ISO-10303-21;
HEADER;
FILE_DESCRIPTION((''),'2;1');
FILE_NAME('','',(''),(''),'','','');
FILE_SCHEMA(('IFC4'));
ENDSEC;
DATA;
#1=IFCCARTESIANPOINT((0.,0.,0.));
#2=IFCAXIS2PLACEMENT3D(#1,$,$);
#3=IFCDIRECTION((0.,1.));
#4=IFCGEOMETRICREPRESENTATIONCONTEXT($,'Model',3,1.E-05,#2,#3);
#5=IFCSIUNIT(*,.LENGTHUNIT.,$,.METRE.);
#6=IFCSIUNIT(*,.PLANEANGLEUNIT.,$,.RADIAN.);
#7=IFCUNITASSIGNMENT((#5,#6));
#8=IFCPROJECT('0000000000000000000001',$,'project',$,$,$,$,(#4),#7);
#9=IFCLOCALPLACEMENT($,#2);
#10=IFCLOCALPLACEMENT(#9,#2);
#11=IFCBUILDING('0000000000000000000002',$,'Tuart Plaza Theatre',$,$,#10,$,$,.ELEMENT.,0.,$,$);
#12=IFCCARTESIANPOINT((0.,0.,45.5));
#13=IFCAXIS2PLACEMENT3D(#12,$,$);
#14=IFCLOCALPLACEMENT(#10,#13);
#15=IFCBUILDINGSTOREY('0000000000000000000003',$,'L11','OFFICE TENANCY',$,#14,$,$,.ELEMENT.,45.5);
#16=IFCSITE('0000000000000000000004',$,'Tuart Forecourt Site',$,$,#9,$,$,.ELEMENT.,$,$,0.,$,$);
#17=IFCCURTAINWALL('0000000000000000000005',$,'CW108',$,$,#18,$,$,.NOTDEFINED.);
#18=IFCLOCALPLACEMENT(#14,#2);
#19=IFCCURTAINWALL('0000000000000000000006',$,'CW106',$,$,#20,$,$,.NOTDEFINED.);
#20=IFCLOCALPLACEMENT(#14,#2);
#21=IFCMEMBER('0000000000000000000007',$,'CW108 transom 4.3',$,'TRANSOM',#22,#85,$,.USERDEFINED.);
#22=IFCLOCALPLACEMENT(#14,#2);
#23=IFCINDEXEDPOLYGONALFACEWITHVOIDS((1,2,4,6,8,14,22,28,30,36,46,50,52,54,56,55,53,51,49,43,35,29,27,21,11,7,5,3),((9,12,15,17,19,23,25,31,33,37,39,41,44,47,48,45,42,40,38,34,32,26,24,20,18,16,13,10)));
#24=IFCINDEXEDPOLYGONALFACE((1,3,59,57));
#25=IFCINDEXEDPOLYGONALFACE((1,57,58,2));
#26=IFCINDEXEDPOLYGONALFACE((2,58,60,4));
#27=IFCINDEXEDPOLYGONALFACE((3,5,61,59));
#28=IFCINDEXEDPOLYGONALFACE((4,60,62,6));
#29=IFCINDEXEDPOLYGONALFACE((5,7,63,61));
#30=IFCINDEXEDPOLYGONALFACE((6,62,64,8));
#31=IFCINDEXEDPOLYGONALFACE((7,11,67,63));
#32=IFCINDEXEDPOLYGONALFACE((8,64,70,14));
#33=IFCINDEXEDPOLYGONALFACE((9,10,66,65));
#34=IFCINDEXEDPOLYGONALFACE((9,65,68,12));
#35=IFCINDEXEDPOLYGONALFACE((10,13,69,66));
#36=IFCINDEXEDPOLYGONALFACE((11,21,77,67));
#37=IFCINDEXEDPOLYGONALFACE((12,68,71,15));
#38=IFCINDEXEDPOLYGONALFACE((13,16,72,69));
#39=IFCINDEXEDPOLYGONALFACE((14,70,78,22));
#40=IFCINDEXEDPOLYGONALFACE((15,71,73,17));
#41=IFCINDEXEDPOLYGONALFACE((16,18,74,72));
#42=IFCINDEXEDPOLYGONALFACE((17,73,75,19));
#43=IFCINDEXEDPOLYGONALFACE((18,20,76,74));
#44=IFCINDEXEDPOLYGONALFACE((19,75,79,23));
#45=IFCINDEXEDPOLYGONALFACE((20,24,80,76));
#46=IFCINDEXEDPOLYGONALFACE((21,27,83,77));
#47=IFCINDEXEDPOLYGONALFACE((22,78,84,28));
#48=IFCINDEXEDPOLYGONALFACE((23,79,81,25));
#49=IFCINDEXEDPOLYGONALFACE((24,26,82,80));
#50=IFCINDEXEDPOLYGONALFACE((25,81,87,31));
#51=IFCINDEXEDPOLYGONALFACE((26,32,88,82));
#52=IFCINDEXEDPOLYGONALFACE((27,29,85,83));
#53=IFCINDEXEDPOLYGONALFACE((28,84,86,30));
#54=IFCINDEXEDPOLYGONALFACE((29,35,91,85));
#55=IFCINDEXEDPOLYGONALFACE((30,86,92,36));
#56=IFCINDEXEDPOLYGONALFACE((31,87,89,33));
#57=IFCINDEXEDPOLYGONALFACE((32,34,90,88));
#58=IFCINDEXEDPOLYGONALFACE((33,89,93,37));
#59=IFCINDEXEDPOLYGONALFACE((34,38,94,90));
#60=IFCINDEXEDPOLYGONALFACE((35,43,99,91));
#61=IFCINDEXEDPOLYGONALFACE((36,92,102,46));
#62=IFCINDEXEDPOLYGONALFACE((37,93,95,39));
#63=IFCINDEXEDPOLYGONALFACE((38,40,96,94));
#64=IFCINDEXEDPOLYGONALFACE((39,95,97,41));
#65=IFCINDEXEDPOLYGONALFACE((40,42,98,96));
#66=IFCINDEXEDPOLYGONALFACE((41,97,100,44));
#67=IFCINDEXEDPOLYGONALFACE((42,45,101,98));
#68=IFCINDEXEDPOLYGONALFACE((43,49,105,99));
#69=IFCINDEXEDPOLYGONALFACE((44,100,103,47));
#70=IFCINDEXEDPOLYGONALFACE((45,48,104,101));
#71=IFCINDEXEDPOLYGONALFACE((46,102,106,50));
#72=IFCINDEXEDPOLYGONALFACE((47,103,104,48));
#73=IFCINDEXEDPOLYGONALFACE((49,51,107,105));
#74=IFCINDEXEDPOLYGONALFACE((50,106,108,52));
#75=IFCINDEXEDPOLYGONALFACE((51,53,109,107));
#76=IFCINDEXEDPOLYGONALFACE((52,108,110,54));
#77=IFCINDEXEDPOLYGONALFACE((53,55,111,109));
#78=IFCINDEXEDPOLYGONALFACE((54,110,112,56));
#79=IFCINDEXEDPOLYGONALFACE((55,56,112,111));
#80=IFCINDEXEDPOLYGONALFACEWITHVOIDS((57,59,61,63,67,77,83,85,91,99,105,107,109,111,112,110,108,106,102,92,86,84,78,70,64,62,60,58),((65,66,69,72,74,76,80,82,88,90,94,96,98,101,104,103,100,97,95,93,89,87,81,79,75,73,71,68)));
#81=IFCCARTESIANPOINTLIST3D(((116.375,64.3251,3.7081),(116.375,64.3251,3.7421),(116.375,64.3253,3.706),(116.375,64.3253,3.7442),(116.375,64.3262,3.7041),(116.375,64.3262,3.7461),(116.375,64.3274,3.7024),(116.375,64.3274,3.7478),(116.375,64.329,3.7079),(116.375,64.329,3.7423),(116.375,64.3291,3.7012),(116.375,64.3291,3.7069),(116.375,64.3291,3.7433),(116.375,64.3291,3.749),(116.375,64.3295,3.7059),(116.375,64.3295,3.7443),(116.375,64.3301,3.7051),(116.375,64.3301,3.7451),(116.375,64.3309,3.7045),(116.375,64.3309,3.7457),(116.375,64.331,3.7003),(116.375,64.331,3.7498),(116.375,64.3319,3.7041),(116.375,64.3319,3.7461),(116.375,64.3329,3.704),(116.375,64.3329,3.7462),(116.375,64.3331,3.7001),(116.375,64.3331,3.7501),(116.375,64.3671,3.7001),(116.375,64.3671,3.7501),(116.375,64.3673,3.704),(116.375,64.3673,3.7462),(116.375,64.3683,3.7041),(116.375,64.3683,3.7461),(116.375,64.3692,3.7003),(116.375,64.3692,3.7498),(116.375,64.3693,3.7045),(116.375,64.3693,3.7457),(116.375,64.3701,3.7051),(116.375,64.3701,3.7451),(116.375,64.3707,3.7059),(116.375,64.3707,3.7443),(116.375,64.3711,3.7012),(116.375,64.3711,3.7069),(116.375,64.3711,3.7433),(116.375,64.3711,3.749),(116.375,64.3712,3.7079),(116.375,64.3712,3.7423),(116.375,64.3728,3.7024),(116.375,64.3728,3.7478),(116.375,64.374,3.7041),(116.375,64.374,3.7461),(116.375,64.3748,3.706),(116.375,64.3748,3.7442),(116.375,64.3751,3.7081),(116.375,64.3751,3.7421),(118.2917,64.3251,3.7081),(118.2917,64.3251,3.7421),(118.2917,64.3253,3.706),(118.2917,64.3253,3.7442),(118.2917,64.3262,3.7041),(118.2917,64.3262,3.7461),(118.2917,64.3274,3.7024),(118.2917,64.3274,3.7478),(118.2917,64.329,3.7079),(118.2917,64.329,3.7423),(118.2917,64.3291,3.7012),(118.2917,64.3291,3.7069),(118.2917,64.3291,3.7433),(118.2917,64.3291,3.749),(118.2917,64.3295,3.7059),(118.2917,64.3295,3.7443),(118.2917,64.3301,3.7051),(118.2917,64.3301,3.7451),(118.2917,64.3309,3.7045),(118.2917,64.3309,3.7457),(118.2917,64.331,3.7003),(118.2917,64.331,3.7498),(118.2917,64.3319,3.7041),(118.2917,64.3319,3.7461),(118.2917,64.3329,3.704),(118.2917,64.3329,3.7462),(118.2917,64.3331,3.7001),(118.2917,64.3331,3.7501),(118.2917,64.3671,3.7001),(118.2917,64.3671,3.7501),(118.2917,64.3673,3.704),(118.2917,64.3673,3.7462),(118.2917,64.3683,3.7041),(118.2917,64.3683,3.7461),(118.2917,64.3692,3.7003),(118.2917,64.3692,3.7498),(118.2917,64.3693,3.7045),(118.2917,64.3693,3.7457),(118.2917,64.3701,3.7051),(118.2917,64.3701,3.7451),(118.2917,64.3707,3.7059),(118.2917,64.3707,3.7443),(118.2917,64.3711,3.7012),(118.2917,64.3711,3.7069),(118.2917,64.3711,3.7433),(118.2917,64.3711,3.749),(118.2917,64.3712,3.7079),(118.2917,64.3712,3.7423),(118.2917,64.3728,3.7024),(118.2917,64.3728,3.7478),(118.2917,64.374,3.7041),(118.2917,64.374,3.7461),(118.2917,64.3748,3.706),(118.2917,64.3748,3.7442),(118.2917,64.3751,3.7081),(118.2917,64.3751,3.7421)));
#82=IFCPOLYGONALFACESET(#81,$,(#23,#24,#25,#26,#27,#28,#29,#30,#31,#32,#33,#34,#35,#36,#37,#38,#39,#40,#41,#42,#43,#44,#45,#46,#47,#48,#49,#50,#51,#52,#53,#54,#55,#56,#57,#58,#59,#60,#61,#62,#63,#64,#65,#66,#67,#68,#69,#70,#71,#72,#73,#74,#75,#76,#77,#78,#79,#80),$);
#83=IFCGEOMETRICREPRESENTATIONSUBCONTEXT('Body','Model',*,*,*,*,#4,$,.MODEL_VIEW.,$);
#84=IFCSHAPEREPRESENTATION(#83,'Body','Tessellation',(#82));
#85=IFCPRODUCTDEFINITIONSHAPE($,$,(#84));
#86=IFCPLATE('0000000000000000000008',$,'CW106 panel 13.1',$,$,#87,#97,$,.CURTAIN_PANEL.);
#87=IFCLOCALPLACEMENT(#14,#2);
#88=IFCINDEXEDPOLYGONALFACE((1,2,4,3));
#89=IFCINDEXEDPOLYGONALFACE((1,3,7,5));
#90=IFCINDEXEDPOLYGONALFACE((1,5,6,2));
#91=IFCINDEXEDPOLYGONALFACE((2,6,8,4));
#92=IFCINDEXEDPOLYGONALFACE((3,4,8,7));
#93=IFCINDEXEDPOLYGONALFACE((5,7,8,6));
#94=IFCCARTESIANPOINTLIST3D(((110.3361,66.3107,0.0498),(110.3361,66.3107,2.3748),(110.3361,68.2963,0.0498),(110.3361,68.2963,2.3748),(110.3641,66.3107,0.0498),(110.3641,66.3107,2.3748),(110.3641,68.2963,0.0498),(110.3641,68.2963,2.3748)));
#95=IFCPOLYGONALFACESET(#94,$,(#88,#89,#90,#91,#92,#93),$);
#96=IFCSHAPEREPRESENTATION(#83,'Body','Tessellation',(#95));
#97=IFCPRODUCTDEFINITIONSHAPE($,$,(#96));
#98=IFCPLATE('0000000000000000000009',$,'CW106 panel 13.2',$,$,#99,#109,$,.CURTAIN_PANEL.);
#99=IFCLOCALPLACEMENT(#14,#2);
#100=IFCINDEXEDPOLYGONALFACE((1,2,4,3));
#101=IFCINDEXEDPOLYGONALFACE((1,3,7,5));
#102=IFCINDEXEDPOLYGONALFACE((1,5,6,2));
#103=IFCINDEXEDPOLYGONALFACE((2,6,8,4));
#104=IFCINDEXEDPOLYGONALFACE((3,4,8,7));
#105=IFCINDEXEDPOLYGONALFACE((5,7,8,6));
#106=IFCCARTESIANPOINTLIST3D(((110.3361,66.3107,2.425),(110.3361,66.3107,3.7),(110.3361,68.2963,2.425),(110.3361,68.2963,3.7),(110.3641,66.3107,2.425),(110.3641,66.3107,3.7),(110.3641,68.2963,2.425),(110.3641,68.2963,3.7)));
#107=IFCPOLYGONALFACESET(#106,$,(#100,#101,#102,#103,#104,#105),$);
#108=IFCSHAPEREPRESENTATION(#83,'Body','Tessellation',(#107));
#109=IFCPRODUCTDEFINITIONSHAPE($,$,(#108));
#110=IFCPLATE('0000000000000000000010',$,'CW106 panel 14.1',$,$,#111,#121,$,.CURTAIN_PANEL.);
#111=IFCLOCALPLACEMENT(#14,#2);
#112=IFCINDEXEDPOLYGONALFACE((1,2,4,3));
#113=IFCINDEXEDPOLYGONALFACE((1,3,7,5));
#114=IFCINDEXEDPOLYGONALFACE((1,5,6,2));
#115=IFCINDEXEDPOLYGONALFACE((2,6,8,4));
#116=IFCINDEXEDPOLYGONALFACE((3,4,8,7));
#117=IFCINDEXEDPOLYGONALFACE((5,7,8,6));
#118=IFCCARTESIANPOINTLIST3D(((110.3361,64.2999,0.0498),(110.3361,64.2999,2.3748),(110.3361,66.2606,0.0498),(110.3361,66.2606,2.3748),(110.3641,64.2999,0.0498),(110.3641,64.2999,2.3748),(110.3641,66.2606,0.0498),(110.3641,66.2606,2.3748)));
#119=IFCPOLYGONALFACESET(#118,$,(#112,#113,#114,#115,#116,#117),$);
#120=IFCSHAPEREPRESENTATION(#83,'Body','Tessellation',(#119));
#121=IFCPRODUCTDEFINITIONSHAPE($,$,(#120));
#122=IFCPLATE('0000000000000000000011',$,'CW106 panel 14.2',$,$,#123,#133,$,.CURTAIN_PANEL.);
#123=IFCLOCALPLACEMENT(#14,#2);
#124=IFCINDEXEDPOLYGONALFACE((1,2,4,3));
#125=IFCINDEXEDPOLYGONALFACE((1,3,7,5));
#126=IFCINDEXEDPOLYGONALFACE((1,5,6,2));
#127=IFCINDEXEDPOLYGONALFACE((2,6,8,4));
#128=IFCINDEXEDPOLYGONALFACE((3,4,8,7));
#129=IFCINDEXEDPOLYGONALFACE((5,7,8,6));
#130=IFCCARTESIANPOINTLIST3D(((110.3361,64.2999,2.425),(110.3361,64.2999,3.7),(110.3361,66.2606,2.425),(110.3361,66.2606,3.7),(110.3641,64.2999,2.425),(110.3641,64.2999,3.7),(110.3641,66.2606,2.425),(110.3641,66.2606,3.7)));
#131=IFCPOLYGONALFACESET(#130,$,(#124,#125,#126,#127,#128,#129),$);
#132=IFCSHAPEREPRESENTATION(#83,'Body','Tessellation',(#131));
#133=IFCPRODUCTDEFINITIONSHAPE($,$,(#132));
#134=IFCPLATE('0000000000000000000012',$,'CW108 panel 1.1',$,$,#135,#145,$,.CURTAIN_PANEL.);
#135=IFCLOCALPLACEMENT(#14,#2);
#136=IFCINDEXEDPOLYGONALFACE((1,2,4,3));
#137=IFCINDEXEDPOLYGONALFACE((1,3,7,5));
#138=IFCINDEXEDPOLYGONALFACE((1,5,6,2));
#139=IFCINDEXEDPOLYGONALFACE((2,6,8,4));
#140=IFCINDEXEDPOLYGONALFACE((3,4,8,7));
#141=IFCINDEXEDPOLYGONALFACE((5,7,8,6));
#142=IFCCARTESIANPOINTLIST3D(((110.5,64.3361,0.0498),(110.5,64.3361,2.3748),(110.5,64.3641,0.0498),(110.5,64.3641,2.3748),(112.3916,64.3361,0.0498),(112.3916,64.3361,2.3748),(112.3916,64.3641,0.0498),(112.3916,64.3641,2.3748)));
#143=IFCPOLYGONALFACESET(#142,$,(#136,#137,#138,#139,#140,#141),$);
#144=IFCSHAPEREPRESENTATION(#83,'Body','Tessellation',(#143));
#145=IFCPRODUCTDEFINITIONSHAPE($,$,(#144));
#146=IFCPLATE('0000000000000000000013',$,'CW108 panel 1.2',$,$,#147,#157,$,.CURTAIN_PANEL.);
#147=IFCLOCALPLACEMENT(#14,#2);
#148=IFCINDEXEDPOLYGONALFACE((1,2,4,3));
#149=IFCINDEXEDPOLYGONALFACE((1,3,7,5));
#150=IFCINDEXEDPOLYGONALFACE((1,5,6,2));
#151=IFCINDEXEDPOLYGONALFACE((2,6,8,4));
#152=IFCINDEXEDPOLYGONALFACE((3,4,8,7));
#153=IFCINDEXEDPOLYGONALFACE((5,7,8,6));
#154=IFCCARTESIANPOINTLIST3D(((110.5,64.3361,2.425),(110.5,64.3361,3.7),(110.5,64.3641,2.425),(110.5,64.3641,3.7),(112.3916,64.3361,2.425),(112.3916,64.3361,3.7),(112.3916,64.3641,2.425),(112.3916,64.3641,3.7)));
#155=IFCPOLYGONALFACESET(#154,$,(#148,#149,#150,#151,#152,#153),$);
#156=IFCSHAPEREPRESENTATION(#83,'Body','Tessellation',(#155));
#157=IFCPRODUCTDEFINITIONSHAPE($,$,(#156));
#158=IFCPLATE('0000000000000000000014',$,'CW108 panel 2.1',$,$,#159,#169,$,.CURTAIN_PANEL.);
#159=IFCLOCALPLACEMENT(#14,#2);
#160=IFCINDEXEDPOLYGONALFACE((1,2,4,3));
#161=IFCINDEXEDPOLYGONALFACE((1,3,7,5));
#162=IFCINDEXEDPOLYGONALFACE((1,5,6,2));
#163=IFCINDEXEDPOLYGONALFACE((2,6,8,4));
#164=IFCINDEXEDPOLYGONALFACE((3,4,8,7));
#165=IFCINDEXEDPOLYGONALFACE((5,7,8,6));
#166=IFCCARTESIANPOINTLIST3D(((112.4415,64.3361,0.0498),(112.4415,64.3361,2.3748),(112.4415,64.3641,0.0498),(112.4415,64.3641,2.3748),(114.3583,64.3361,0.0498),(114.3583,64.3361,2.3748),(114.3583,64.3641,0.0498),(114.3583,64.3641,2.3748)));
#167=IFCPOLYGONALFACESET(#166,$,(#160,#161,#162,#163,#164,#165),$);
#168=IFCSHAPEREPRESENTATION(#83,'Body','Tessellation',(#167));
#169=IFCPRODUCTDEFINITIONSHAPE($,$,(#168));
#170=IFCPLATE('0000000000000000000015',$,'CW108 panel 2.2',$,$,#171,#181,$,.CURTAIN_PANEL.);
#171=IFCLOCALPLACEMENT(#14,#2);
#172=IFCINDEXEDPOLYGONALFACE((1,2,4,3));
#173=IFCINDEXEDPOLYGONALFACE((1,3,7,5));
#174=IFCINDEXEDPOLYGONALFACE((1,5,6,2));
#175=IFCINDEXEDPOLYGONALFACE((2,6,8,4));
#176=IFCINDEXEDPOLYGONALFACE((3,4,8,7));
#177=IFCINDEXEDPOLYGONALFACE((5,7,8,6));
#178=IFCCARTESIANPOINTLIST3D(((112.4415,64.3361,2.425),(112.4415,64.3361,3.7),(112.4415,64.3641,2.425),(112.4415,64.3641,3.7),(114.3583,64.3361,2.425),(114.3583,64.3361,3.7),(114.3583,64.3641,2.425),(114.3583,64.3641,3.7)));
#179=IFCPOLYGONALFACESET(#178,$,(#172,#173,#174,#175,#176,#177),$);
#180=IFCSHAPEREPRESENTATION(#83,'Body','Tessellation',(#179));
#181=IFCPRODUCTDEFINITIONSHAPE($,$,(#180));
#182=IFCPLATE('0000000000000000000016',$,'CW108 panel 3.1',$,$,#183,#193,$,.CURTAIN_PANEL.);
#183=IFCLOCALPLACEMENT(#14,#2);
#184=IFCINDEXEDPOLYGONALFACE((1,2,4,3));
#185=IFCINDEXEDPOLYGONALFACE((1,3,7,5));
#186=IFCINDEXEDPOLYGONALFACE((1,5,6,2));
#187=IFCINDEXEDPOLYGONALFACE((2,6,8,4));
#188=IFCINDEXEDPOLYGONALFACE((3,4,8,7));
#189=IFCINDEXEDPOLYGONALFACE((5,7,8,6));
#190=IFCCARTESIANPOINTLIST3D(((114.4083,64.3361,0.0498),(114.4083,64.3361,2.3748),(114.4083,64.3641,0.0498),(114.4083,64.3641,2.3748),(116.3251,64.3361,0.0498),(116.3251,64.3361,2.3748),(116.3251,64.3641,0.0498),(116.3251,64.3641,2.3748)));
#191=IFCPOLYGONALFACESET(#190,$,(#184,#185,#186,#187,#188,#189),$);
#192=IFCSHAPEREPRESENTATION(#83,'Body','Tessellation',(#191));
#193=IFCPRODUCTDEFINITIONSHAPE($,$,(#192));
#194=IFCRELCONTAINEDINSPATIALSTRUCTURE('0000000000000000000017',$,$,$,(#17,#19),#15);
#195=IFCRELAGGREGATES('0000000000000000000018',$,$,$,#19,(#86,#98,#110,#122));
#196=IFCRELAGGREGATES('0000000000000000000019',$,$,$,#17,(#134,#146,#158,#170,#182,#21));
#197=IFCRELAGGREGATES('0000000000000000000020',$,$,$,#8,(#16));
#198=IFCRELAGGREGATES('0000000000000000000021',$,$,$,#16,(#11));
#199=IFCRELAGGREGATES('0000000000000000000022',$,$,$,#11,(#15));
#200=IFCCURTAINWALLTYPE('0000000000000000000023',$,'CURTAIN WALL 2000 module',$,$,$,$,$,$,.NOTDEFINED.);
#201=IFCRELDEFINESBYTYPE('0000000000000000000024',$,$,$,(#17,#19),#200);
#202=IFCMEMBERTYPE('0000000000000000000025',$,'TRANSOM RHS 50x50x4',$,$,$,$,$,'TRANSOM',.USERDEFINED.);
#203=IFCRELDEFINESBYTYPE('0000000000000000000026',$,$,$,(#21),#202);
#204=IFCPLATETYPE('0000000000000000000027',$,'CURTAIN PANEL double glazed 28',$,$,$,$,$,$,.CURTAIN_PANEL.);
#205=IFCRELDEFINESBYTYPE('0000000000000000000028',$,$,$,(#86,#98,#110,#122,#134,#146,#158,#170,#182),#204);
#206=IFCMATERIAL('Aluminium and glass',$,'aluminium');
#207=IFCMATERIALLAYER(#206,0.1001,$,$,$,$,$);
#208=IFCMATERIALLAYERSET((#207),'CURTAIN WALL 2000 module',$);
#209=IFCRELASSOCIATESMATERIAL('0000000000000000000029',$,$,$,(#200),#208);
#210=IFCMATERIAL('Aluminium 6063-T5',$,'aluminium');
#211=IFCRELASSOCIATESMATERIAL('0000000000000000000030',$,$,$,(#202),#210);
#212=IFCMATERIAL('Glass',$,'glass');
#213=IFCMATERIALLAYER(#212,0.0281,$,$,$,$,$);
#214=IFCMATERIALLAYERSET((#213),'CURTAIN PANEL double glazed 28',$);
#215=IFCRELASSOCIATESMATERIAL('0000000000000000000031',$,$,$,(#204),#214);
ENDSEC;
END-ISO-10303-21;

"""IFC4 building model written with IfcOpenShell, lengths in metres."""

from ifc_helpers import new_model, si_unit, direction, frame, origin, origin_2d, place, context, subcontext, project, spatial, rectangle, hollow_rectangle, extrude, material, layer, layer_set, material_profile, profile_set, type_object, element, aggregate, save


model = new_model("IFC4")

# Units and contexts
model_context = context("Model", 3, precision=1e-05, world=origin(), true_north=direction((0.0, 1.0)))
body_context = subcontext(model_context, "Body", "Model", "MODEL_VIEW")
ifc_project = project(units=[si_unit("LENGTHUNIT", "METRE"), si_unit("PLANEANGLEUNIT", "RADIAN")], contexts=[model_context])

# Site, building, storey
site_placement = place(None, origin())
site = spatial("IfcSite", under=ifc_project, at=site_placement, Name="Tuart Forecourt Site", CompositionType="ELEMENT", RefElevation=0.0)
building_placement = place(site_placement, origin())
building = spatial("IfcBuilding", under=site, at=building_placement, Name="Tuart Plaza Theatre", CompositionType="ELEMENT", ElevationOfRefHeight=0.0)
storey_placement = place(building_placement, frame((0.0, 0.0, 45.5)))
storey = spatial("IfcBuildingStorey", under=building, at=storey_placement, Name="L11", Description="OFFICE TENANCY", CompositionType="ELEMENT", Elevation=45.5)

# Curtain walls
ifc_material_1 = material(Name="Aluminium and glass", Category="aluminium")
ifc_layer_1 = layer(ifc_material_1, 0.1001)
ifc_layer_set_1 = layer_set([ifc_layer_1], Name="CURTAIN WALL 2000 module")
curtain_wall_type = type_object("IfcCurtainWallType", Name="CURTAIN WALL 2000 module", PredefinedType="NOTDEFINED", material=ifc_layer_set_1)
curtain_wall_1_placement = place(storey_placement, origin())
curtain_wall_1 = element("IfcCurtainWall", 1, at=curtain_wall_1_placement, inside=storey, type_object=curtain_wall_type, Name="CW108", PredefinedType="NOTDEFINED")
curtain_wall_2_placement = place(storey_placement, origin())
curtain_wall_2 = element("IfcCurtainWall", 2, at=curtain_wall_2_placement, inside=storey, type_object=curtain_wall_type, Name="CW106", PredefinedType="NOTDEFINED")
ifc_material_2 = material(Name="Aluminium 6063-T5", Category="aluminium")
ifc_material_profile_1 = material_profile(ifc_material_2, hollow_rectangle(XDim=0.05, YDim=0.05, WallThickness=0.0039, InnerFilletRadius=0.0039, OuterFilletRadius=0.0081, at=origin_2d()), Name="RHS 50x50x4")
ifc_profile_set_1 = profile_set([ifc_material_profile_1], Name="Aluminium 6063-T5")
member_type_1 = type_object("IfcMemberType", Name="TRANSOM RHS 50x50x4", ElementType="TRANSOM", PredefinedType="USERDEFINED", material=ifc_profile_set_1)

# Member
member_1_placement = place(storey_placement, frame((116.375, 64.3501, 3.7251), z_axis=(1.0, 0.0, 0.0), x_axis=(0.0, 1.0, 0.0)))
member_1 = element("IfcMember", 3, at=member_1_placement, type_object=member_type_1, Name="CW108 transom 4.3", ObjectType="TRANSOM", PredefinedType="USERDEFINED", context=body_context, shape_type="SweptSolid", body=[
    extrude(hollow_rectangle(XDim=0.05, YDim=0.05, WallThickness=0.0039, InnerFilletRadius=0.0039, OuterFilletRadius=0.0081, at=origin_2d()), origin(), (0.0, 0.0, 1.0), 1.9167),
])

# Plates
ifc_material_3 = material(Name="Glass", Category="glass")
ifc_layer_2 = layer(ifc_material_3, 0.0281)
ifc_layer_set_2 = layer_set([ifc_layer_2], Name="CURTAIN PANEL double glazed 28")
plate_type = type_object("IfcPlateType", Name="CURTAIN PANEL double glazed 28", PredefinedType="CURTAIN_PANEL", material=ifc_layer_set_2)
plate_1_placement = place(storey_placement, frame((110.3501, 67.3035, 0.0498), z_axis=(0.0, 0.0, 1.0), x_axis=(0.0, -1.0, 0.0)))
plate_1 = element("IfcPlate", 4, at=plate_1_placement, type_object=plate_type, Name="CW106 panel 13.1", PredefinedType="CURTAIN_PANEL", context=body_context, shape_type="SweptSolid", body=[
    extrude(rectangle(XDim=1.9856, YDim=0.0281, at=origin_2d()), origin(), (0.0, 0.0, 1.0), 2.325),
])
plate_2_placement = place(storey_placement, frame((110.3501, 67.3035, 2.425), z_axis=(0.0, 0.0, 1.0), x_axis=(0.0, -1.0, 0.0)))
plate_2 = element("IfcPlate", 5, at=plate_2_placement, type_object=plate_type, Name="CW106 panel 13.2", PredefinedType="CURTAIN_PANEL", context=body_context, shape_type="SweptSolid", body=[
    extrude(rectangle(XDim=1.9856, YDim=0.0281, at=origin_2d()), origin(), (0.0, 0.0, 1.0), 1.2749),
])
plate_3_placement = place(storey_placement, frame((110.3501, 65.2803, 0.0498), z_axis=(0.0, 0.0, 1.0), x_axis=(0.0, -1.0, 0.0)))
plate_3 = element("IfcPlate", 6, at=plate_3_placement, type_object=plate_type, Name="CW106 panel 14.1", PredefinedType="CURTAIN_PANEL", context=body_context, shape_type="SweptSolid", body=[
    extrude(rectangle(XDim=1.9607, YDim=0.0281, at=origin_2d()), origin(), (0.0, 0.0, 1.0), 2.325),
])
plate_4_placement = place(storey_placement, frame((110.3501, 65.2803, 2.425), z_axis=(0.0, 0.0, 1.0), x_axis=(0.0, -1.0, 0.0)))
plate_4 = element("IfcPlate", 7, at=plate_4_placement, type_object=plate_type, Name="CW106 panel 14.2", PredefinedType="CURTAIN_PANEL", context=body_context, shape_type="SweptSolid", body=[
    extrude(rectangle(XDim=1.9607, YDim=0.0281, at=origin_2d()), origin(), (0.0, 0.0, 1.0), 1.2749),
])
aggregate(curtain_wall_2, [plate_1, plate_2, plate_3, plate_4])
plate_5_placement = place(storey_placement, frame((111.4458, 64.3501, 0.0498), z_axis=(0.0, 0.0, 1.0), x_axis=(1.0, 0.0, 0.0)))
plate_5 = element("IfcPlate", 8, at=plate_5_placement, type_object=plate_type, Name="CW108 panel 1.1", PredefinedType="CURTAIN_PANEL", context=body_context, shape_type="SweptSolid", body=[
    extrude(rectangle(XDim=1.8916, YDim=0.0281, at=origin_2d()), origin(), (0.0, 0.0, 1.0), 2.325),
])
plate_6_placement = place(storey_placement, frame((111.4458, 64.3501, 2.425), z_axis=(0.0, 0.0, 1.0), x_axis=(1.0, 0.0, 0.0)))
plate_6 = element("IfcPlate", 9, at=plate_6_placement, type_object=plate_type, Name="CW108 panel 1.2", PredefinedType="CURTAIN_PANEL", context=body_context, shape_type="SweptSolid", body=[
    extrude(rectangle(XDim=1.8916, YDim=0.0281, at=origin_2d()), origin(), (0.0, 0.0, 1.0), 1.2749),
])
plate_7_placement = place(storey_placement, frame((113.3999, 64.3501, 0.0498), z_axis=(0.0, 0.0, 1.0), x_axis=(1.0, 0.0, 0.0)))
plate_7 = element("IfcPlate", 10, at=plate_7_placement, type_object=plate_type, Name="CW108 panel 2.1", PredefinedType="CURTAIN_PANEL", context=body_context, shape_type="SweptSolid", body=[
    extrude(rectangle(XDim=1.9167, YDim=0.0281, at=origin_2d()), origin(), (0.0, 0.0, 1.0), 2.325),
])
plate_8_placement = place(storey_placement, frame((113.3999, 64.3501, 2.425), z_axis=(0.0, 0.0, 1.0), x_axis=(1.0, 0.0, 0.0)))
plate_8 = element("IfcPlate", 11, at=plate_8_placement, type_object=plate_type, Name="CW108 panel 2.2", PredefinedType="CURTAIN_PANEL", context=body_context, shape_type="SweptSolid", body=[
    extrude(rectangle(XDim=1.9167, YDim=0.0281, at=origin_2d()), origin(), (0.0, 0.0, 1.0), 1.2749),
])
plate_9_placement = place(storey_placement, frame((115.3667, 64.3501, 0.0498), z_axis=(0.0, 0.0, 1.0), x_axis=(1.0, 0.0, 0.0)))
plate_9 = element("IfcPlate", 12, at=plate_9_placement, type_object=plate_type, Name="CW108 panel 3.1", PredefinedType="CURTAIN_PANEL", context=body_context, shape_type="SweptSolid", body=[
    extrude(rectangle(XDim=1.9167, YDim=0.0281, at=origin_2d()), origin(), (0.0, 0.0, 1.0), 2.325),
])
aggregate(curtain_wall_1, [plate_5, plate_6, plate_7, plate_8, plate_9, member_1])

save(model, "model.ifc")
